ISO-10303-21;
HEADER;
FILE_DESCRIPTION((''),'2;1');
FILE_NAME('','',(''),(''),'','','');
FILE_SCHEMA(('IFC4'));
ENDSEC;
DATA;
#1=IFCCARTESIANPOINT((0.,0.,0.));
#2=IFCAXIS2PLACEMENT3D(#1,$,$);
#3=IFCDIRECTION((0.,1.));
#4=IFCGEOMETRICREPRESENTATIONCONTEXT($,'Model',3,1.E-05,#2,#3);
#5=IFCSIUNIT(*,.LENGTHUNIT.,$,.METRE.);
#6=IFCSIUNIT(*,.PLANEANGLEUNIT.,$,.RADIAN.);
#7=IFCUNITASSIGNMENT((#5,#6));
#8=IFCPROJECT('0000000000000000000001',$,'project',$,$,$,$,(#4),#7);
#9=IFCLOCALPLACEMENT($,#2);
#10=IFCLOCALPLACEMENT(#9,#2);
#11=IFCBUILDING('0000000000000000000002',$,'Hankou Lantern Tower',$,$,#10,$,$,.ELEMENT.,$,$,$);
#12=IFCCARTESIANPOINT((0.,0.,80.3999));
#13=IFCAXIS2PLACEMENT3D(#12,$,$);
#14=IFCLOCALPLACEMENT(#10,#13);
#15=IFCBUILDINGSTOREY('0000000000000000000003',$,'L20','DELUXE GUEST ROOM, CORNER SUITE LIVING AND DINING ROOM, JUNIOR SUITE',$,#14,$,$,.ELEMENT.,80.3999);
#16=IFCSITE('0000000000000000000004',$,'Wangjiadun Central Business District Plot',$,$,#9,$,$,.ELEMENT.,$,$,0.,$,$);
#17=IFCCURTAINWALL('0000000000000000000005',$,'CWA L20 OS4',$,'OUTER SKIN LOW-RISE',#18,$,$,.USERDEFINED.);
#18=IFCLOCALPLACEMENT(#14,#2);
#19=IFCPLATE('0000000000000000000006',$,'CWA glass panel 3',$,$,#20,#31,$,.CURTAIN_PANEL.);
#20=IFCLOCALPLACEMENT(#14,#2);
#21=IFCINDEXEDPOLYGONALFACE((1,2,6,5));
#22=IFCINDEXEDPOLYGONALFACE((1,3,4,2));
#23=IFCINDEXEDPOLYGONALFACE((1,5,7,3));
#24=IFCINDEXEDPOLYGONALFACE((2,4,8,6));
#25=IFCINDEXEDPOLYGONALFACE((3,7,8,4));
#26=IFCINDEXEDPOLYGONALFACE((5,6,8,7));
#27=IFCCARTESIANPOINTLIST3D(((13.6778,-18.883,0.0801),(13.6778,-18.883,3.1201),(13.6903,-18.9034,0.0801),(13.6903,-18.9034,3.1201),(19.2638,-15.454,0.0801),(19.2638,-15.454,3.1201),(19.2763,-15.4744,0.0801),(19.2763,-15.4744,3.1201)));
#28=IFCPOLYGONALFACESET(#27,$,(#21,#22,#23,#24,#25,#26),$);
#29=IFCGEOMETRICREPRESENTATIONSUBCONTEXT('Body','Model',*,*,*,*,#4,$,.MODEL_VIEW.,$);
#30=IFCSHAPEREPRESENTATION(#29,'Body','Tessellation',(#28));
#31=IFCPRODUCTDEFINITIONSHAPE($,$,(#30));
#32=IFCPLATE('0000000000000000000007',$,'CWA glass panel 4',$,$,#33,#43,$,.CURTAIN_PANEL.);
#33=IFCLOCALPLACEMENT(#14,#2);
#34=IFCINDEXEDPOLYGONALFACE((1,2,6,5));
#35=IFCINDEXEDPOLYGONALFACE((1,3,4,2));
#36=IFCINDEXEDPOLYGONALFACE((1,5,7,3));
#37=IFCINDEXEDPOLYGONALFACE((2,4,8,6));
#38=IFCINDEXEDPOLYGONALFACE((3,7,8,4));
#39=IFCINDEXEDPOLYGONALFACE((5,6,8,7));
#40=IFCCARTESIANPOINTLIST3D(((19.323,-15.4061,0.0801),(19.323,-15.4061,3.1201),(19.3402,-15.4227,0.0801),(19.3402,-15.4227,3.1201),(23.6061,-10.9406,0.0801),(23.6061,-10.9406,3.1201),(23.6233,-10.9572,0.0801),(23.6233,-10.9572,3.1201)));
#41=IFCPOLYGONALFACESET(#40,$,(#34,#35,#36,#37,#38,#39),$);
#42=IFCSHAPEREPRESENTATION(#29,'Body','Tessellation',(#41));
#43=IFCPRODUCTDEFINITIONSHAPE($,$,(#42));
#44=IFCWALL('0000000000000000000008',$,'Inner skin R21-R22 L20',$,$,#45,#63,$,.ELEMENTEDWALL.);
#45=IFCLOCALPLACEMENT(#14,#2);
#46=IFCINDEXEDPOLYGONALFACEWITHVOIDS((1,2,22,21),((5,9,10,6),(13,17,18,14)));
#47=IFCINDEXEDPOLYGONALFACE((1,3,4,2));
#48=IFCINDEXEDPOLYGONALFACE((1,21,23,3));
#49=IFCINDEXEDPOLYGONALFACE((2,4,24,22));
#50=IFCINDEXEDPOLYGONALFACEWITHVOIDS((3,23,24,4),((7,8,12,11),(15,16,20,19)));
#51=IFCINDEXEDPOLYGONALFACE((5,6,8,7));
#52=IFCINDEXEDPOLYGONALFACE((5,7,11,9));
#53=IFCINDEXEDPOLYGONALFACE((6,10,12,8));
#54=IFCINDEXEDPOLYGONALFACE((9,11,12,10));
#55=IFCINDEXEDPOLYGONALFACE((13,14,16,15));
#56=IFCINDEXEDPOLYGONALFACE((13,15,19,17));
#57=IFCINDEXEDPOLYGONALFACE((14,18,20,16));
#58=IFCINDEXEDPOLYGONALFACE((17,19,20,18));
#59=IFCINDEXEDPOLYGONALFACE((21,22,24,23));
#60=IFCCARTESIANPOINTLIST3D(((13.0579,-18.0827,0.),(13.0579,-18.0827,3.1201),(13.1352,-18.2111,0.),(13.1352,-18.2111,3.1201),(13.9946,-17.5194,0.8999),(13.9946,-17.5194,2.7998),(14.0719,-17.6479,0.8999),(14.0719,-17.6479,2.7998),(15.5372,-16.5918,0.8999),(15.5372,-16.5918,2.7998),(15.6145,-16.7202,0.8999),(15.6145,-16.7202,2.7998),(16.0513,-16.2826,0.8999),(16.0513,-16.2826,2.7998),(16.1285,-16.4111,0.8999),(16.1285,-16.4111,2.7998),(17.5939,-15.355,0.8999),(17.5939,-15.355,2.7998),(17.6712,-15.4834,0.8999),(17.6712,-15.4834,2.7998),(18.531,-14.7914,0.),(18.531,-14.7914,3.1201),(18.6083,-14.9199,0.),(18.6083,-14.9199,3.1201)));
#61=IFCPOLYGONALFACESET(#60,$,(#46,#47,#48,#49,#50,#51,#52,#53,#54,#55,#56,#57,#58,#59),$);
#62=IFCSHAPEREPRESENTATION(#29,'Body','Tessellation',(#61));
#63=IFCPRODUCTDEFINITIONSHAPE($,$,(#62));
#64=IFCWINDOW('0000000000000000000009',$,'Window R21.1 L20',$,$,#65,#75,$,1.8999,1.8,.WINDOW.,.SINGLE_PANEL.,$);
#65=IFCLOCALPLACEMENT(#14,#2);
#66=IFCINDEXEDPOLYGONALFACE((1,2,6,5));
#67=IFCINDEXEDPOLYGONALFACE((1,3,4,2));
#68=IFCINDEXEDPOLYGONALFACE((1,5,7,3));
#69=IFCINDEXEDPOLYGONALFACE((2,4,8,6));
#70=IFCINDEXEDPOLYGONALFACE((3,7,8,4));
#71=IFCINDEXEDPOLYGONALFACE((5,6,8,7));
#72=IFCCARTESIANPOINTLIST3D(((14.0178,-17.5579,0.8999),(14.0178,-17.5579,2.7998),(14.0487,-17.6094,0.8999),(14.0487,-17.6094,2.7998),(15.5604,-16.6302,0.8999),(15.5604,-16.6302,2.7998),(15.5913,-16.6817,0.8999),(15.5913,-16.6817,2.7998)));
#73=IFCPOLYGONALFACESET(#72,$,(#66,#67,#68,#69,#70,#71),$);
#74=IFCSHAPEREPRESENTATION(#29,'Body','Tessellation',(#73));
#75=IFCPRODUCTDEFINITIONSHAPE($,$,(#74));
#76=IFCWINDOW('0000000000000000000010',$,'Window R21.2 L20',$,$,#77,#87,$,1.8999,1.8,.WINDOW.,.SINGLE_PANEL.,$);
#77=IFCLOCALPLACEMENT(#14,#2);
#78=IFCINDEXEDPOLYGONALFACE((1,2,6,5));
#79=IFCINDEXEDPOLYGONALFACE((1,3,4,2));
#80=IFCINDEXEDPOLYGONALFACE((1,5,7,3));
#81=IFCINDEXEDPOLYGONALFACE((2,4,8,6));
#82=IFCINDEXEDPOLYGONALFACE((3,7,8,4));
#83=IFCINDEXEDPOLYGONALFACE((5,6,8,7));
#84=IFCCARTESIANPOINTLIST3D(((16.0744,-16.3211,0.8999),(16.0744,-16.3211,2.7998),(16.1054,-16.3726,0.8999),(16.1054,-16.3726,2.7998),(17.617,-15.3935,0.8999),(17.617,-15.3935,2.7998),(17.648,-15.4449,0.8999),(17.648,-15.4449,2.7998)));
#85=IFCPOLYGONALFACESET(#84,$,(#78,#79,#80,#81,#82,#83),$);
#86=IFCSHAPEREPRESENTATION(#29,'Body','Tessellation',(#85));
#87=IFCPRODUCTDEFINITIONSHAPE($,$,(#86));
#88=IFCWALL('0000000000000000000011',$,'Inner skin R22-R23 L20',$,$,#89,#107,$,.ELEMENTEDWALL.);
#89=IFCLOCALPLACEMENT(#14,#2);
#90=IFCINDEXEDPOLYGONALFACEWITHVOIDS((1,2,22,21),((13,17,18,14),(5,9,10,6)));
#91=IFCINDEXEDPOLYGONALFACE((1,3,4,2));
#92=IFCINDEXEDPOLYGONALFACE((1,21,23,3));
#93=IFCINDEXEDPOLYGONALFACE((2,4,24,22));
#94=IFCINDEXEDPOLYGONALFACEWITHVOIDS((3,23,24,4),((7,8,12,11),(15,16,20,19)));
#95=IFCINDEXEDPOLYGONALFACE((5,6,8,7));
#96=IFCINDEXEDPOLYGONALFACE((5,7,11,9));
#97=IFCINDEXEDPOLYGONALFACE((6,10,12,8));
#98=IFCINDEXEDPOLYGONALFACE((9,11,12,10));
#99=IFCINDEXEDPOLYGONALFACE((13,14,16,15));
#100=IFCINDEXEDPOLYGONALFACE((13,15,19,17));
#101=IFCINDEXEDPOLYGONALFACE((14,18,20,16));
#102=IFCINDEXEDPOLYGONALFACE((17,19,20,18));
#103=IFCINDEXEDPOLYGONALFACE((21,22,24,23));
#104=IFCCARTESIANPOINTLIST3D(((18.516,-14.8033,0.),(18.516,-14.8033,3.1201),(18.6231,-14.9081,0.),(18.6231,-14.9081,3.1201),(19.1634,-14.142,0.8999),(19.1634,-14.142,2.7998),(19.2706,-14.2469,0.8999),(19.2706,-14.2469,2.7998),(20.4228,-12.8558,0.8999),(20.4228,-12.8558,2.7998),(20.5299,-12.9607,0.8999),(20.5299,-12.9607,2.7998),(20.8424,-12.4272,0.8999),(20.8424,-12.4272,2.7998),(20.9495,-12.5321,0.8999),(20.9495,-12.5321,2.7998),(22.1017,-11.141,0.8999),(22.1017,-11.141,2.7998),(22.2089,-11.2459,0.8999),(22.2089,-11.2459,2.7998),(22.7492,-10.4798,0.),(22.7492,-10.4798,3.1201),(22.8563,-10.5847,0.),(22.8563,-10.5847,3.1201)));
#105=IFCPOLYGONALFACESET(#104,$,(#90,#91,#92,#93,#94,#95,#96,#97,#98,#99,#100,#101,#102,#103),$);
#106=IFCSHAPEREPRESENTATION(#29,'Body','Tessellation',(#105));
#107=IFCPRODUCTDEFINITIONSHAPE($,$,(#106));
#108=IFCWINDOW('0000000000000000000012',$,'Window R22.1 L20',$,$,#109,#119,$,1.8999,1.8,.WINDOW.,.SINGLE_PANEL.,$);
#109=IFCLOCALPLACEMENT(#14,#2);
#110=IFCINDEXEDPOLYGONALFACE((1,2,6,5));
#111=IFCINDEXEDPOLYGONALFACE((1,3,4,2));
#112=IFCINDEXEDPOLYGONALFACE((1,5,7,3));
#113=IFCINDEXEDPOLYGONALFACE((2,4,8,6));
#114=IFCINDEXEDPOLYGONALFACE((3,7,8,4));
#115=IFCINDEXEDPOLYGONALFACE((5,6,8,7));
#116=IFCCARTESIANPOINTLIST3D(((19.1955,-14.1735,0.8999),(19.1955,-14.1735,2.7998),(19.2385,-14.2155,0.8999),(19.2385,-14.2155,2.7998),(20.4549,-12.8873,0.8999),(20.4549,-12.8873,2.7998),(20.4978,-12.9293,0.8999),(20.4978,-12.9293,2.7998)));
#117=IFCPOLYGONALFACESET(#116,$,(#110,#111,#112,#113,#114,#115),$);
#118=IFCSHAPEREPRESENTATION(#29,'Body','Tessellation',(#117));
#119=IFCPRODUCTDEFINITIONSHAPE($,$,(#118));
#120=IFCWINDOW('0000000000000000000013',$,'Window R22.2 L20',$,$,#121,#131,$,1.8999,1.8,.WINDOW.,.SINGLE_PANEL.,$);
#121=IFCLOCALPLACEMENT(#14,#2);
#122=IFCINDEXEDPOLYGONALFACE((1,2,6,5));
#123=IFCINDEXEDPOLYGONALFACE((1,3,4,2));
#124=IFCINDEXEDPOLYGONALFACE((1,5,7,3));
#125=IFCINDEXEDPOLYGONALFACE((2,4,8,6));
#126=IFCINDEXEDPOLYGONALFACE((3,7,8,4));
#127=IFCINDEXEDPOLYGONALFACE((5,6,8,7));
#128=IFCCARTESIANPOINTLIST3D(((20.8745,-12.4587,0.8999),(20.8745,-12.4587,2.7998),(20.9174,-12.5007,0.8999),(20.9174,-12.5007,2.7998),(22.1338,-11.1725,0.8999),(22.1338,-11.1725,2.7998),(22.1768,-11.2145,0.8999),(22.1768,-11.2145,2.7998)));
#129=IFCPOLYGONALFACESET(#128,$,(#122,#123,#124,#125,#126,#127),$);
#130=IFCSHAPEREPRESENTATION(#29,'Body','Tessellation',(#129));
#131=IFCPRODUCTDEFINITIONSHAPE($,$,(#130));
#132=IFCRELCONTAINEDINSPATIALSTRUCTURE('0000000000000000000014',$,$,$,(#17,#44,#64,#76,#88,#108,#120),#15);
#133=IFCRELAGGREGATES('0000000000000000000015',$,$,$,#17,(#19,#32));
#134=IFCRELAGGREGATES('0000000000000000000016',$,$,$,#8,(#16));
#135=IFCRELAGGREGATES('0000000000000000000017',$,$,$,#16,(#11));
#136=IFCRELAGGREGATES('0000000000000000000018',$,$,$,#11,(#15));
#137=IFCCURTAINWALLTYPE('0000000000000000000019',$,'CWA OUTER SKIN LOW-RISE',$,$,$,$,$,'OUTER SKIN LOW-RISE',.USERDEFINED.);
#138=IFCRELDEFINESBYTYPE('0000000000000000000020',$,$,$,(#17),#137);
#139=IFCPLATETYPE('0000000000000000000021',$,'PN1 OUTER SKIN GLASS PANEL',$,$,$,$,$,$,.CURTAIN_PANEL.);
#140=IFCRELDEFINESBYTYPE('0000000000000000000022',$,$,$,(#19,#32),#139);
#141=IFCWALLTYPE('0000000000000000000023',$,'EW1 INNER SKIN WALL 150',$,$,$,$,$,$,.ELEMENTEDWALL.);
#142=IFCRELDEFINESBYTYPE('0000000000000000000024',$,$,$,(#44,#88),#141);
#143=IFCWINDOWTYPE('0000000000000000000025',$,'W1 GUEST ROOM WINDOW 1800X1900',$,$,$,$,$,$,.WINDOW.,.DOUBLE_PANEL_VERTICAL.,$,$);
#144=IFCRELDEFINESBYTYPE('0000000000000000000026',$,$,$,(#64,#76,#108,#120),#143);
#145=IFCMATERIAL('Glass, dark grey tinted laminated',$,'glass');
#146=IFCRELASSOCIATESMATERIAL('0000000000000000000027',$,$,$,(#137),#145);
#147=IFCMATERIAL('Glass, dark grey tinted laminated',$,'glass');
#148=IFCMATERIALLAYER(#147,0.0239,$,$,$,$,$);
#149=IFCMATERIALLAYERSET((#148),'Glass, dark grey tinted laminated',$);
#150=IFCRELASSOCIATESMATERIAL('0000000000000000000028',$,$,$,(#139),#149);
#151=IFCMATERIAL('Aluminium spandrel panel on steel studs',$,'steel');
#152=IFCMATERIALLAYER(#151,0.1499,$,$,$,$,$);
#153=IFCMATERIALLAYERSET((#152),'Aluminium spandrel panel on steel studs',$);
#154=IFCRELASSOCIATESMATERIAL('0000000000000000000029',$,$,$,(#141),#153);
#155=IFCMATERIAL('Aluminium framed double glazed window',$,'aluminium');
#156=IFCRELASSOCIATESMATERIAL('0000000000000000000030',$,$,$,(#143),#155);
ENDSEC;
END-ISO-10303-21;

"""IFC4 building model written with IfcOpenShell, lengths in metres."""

from ifc_helpers import new_model, si_unit, direction, frame, frame_2d, origin, origin_2d, place, context, subcontext, project, spatial, rectangle, extrude, material, layer, layer_set, type_object, element, fill, aggregate, save


model = new_model("IFC4")

# Units and contexts
model_context = context("Model", 3, precision=1e-05, world=origin(), true_north=direction((0.0, 1.0)))
body_context = subcontext(model_context, "Body", "Model", "MODEL_VIEW")
ifc_project = project(units=[si_unit("LENGTHUNIT", "METRE"), si_unit("PLANEANGLEUNIT", "RADIAN")], contexts=[model_context])

# Site, building, storey
site_placement = place(None, origin())
site = spatial("IfcSite", under=ifc_project, at=site_placement, Name="Wangjiadun Central Business District Plot", CompositionType="ELEMENT", RefElevation=0.0)
building_placement = place(site_placement, origin())
building = spatial("IfcBuilding", under=site, at=building_placement, Name="Hankou Lantern Tower", CompositionType="ELEMENT")
storey_placement = place(building_placement, frame((0.0, 0.0, 80.3999)))
storey = spatial("IfcBuildingStorey", under=building, at=storey_placement, Name="L20", Description="DELUXE GUEST ROOM, CORNER SUITE LIVING AND DINING ROOM, JUNIOR SUITE", CompositionType="ELEMENT", Elevation=80.3999)

# Curtain wall
ifc_material_1 = material(Name="Glass, dark grey tinted laminated", Category="glass")
curtain_wall_type = type_object("IfcCurtainWallType", Name="CWA OUTER SKIN LOW-RISE", ElementType="OUTER SKIN LOW-RISE", PredefinedType="USERDEFINED", material=ifc_material_1)
curtain_wall_placement = place(storey_placement, origin())
curtain_wall = element("IfcCurtainWall", 1, at=curtain_wall_placement, inside=storey, type_object=curtain_wall_type, Name="CWA L20 OS4", ObjectType="OUTER SKIN LOW-RISE", PredefinedType="USERDEFINED")

# Plates
ifc_material_2 = material(Name="Glass, dark grey tinted laminated", Category="glass")
ifc_layer_1 = layer(ifc_material_2, 0.0239)
ifc_layer_set_1 = layer_set([ifc_layer_1], Name="Glass, dark grey tinted laminated")
plate_type = type_object("IfcPlateType", Name="PN1 OUTER SKIN GLASS PANEL", PredefinedType="CURTAIN_PANEL", material=ifc_layer_set_1)
plate_1_placement = place(storey_placement, frame((16.4771, -17.1787, 0.0801), z_axis=(0.0, 0.0, 1.0), x_axis=(0.852237, 0.523156, 0.0)))
plate_1 = element("IfcPlate", 2, at=plate_1_placement, type_object=plate_type, Name="CWA glass panel 3", PredefinedType="CURTAIN_PANEL", context=body_context, shape_type="SweptSolid", body=[
    extrude(rectangle(XDim=6.5544, YDim=0.0239, at=origin_2d()), origin(), (0.0, 0.0, 1.0), 3.04),
])
plate_2_placement = place(storey_placement, frame((21.4731, -13.1816, 0.0801), z_axis=(0.0, 0.0, 1.0), x_axis=(0.692216, 0.721691, 0.0)))
plate_2 = element("IfcPlate", 3, at=plate_2_placement, type_object=plate_type, Name="CWA glass panel 4", PredefinedType="CURTAIN_PANEL", context=body_context, shape_type="SweptSolid", body=[
    extrude(rectangle(XDim=6.1875, YDim=0.0239, at=origin_2d()), origin(), (0.0, 0.0, 1.0), 3.04),
])
aggregate(curtain_wall, [plate_1, plate_2])

# Walls, openings, windows
ifc_material_3 = material(Name="Aluminium spandrel panel on steel studs", Category="steel")
ifc_layer_2 = layer(ifc_material_3, 0.1499)
ifc_layer_set_2 = layer_set([ifc_layer_2], Name="Aluminium spandrel panel on steel studs")
wall_type_1 = type_object("IfcWallType", Name="EW1 INNER SKIN WALL 150", PredefinedType="ELEMENTEDWALL", material=ifc_layer_set_2)
wall_1_placement = place(storey_placement, frame((13.0964, -18.147, 0.0), z_axis=(0.0, 0.0, 1.0), x_axis=(0.856983, 0.515344, 0.0)))
wall_1 = element("IfcWall", 4, at=wall_1_placement, inside=storey, type_object=wall_type_1, Name="Inner skin R21-R22 L20", PredefinedType="ELEMENTEDWALL", context=body_context, shape_type="SweptSolid", body=[
    extrude(rectangle(XDim=6.3865, YDim=0.1499, at=frame_2d((3.1934, 0.0))), origin(), (0.0, 0.0, 1.0), 3.1201),
])
opening_1_placement = place(wall_1_placement, frame((1.0933, 0.0, 0.8999)))
opening_1 = element("IfcOpeningElement", 5, at=opening_1_placement, cuts=wall_1, PredefinedType="OPENING", context=body_context, shape_type="SweptSolid", body=[
    extrude(rectangle(XDim=1.8, YDim=1.8999, at=frame_2d((0.8999, 0.95))), frame((0.0, 0.085, 0.0), z_axis=(0.0, -1.0, 0.0), x_axis=(1.0, 0.0, 0.0)), (0.0, 0.0, 1.0), 0.1699),
])
opening_2_placement = place(wall_1_placement, frame((3.4932, 0.0, 0.8999)))
opening_2 = element("IfcOpeningElement", 6, at=opening_2_placement, cuts=wall_1, PredefinedType="OPENING", context=body_context, shape_type="SweptSolid", body=[
    extrude(rectangle(XDim=1.8, YDim=1.8999, at=frame_2d((0.8999, 0.95))), frame((0.0, 0.085, 0.0), z_axis=(0.0, -1.0, 0.0), x_axis=(1.0, 0.0, 0.0)), (0.0, 0.0, 1.0), 0.1699),
])
ifc_material_4 = material(Name="Aluminium framed double glazed window", Category="aluminium")
window_type = type_object("IfcWindowType", Name="W1 GUEST ROOM WINDOW 1800X1900", PartitioningType="DOUBLE_PANEL_VERTICAL", PredefinedType="WINDOW", material=ifc_material_4)
window_1_placement = place(opening_1_placement, origin())
window_1 = element("IfcWindow", 7, at=window_1_placement, inside=storey, type_object=window_type, Name="Window R21.1 L20", OverallHeight=1.8999, OverallWidth=1.8, PartitioningType="SINGLE_PANEL", PredefinedType="WINDOW", context=body_context, shape_type="SweptSolid", body=[
    extrude(rectangle(XDim=1.8, YDim=1.8999, at=frame_2d((0.8999, 0.95))), frame((0.0, 0.03, 0.0), z_axis=(0.0, -1.0, 0.0), x_axis=(1.0, 0.0, 0.0)), (0.0, 0.0, 1.0), 0.0601),
])
fill(opening_1, window_1)
window_2_placement = place(opening_2_placement, origin())
window_2 = element("IfcWindow", 8, at=window_2_placement, inside=storey, type_object=window_type, Name="Window R21.2 L20", OverallHeight=1.8999, OverallWidth=1.8, PartitioningType="SINGLE_PANEL", PredefinedType="WINDOW", context=body_context, shape_type="SweptSolid", body=[
    extrude(rectangle(XDim=1.8, YDim=1.8999, at=frame_2d((0.8999, 0.95))), frame((0.0, 0.03, 0.0), z_axis=(0.0, -1.0, 0.0), x_axis=(1.0, 0.0, 0.0)), (0.0, 0.0, 1.0), 0.0601),
])
fill(opening_2, window_2)
wall_2_placement = place(storey_placement, frame((18.5696, -14.8557, 0.0), z_axis=(0.0, 0.0, 1.0), x_axis=(0.699603, 0.714532, 0.0)))
wall_2 = element("IfcWall", 9, at=wall_2_placement, inside=storey, type_object=wall_type_1, Name="Inner skin R22-R23 L20", PredefinedType="ELEMENTEDWALL", context=body_context, shape_type="SweptSolid", body=[
    extrude(rectangle(XDim=6.0508, YDim=0.1499, at=frame_2d((3.0254, 0.0))), origin(), (0.0, 0.0, 1.0), 3.1201),
])
opening_3_placement = place(wall_2_placement, frame((0.9255, 0.0, 0.8999)))
opening_3 = element("IfcOpeningElement", 10, at=opening_3_placement, cuts=wall_2, PredefinedType="OPENING", context=body_context, shape_type="SweptSolid", body=[
    extrude(rectangle(XDim=1.8, YDim=1.8999, at=frame_2d((0.8999, 0.95))), frame((0.0, 0.085, 0.0), z_axis=(0.0, -1.0, 0.0), x_axis=(1.0, 0.0, 0.0)), (0.0, 0.0, 1.0), 0.1699),
])
opening_4_placement = place(wall_2_placement, frame((3.3254, 0.0, 0.8999)))
opening_4 = element("IfcOpeningElement", 11, at=opening_4_placement, cuts=wall_2, PredefinedType="OPENING", context=body_context, shape_type="SweptSolid", body=[
    extrude(rectangle(XDim=1.8, YDim=1.8999, at=frame_2d((0.8999, 0.95))), frame((0.0, 0.085, 0.0), z_axis=(0.0, -1.0, 0.0), x_axis=(1.0, 0.0, 0.0)), (0.0, 0.0, 1.0), 0.1699),
])
window_3_placement = place(opening_3_placement, origin())
window_3 = element("IfcWindow", 12, at=window_3_placement, inside=storey, type_object=window_type, Name="Window R22.1 L20", OverallHeight=1.8999, OverallWidth=1.8, PartitioningType="SINGLE_PANEL", PredefinedType="WINDOW", context=body_context, shape_type="SweptSolid", body=[
    extrude(rectangle(XDim=1.8, YDim=1.8999, at=frame_2d((0.8999, 0.95))), frame((0.0, 0.03, 0.0), z_axis=(0.0, -1.0, 0.0), x_axis=(1.0, 0.0, 0.0)), (0.0, 0.0, 1.0), 0.0601),
])
fill(opening_3, window_3)
window_4_placement = place(opening_4_placement, origin())
window_4 = element("IfcWindow", 13, at=window_4_placement, inside=storey, type_object=window_type, Name="Window R22.2 L20", OverallHeight=1.8999, OverallWidth=1.8, PartitioningType="SINGLE_PANEL", PredefinedType="WINDOW", context=body_context, shape_type="SweptSolid", body=[
    extrude(rectangle(XDim=1.8, YDim=1.8999, at=frame_2d((0.8999, 0.95))), frame((0.0, 0.03, 0.0), z_axis=(0.0, -1.0, 0.0), x_axis=(1.0, 0.0, 0.0)), (0.0, 0.0, 1.0), 0.0601),
])
fill(opening_4, window_4)

save(model, "model.ifc")
